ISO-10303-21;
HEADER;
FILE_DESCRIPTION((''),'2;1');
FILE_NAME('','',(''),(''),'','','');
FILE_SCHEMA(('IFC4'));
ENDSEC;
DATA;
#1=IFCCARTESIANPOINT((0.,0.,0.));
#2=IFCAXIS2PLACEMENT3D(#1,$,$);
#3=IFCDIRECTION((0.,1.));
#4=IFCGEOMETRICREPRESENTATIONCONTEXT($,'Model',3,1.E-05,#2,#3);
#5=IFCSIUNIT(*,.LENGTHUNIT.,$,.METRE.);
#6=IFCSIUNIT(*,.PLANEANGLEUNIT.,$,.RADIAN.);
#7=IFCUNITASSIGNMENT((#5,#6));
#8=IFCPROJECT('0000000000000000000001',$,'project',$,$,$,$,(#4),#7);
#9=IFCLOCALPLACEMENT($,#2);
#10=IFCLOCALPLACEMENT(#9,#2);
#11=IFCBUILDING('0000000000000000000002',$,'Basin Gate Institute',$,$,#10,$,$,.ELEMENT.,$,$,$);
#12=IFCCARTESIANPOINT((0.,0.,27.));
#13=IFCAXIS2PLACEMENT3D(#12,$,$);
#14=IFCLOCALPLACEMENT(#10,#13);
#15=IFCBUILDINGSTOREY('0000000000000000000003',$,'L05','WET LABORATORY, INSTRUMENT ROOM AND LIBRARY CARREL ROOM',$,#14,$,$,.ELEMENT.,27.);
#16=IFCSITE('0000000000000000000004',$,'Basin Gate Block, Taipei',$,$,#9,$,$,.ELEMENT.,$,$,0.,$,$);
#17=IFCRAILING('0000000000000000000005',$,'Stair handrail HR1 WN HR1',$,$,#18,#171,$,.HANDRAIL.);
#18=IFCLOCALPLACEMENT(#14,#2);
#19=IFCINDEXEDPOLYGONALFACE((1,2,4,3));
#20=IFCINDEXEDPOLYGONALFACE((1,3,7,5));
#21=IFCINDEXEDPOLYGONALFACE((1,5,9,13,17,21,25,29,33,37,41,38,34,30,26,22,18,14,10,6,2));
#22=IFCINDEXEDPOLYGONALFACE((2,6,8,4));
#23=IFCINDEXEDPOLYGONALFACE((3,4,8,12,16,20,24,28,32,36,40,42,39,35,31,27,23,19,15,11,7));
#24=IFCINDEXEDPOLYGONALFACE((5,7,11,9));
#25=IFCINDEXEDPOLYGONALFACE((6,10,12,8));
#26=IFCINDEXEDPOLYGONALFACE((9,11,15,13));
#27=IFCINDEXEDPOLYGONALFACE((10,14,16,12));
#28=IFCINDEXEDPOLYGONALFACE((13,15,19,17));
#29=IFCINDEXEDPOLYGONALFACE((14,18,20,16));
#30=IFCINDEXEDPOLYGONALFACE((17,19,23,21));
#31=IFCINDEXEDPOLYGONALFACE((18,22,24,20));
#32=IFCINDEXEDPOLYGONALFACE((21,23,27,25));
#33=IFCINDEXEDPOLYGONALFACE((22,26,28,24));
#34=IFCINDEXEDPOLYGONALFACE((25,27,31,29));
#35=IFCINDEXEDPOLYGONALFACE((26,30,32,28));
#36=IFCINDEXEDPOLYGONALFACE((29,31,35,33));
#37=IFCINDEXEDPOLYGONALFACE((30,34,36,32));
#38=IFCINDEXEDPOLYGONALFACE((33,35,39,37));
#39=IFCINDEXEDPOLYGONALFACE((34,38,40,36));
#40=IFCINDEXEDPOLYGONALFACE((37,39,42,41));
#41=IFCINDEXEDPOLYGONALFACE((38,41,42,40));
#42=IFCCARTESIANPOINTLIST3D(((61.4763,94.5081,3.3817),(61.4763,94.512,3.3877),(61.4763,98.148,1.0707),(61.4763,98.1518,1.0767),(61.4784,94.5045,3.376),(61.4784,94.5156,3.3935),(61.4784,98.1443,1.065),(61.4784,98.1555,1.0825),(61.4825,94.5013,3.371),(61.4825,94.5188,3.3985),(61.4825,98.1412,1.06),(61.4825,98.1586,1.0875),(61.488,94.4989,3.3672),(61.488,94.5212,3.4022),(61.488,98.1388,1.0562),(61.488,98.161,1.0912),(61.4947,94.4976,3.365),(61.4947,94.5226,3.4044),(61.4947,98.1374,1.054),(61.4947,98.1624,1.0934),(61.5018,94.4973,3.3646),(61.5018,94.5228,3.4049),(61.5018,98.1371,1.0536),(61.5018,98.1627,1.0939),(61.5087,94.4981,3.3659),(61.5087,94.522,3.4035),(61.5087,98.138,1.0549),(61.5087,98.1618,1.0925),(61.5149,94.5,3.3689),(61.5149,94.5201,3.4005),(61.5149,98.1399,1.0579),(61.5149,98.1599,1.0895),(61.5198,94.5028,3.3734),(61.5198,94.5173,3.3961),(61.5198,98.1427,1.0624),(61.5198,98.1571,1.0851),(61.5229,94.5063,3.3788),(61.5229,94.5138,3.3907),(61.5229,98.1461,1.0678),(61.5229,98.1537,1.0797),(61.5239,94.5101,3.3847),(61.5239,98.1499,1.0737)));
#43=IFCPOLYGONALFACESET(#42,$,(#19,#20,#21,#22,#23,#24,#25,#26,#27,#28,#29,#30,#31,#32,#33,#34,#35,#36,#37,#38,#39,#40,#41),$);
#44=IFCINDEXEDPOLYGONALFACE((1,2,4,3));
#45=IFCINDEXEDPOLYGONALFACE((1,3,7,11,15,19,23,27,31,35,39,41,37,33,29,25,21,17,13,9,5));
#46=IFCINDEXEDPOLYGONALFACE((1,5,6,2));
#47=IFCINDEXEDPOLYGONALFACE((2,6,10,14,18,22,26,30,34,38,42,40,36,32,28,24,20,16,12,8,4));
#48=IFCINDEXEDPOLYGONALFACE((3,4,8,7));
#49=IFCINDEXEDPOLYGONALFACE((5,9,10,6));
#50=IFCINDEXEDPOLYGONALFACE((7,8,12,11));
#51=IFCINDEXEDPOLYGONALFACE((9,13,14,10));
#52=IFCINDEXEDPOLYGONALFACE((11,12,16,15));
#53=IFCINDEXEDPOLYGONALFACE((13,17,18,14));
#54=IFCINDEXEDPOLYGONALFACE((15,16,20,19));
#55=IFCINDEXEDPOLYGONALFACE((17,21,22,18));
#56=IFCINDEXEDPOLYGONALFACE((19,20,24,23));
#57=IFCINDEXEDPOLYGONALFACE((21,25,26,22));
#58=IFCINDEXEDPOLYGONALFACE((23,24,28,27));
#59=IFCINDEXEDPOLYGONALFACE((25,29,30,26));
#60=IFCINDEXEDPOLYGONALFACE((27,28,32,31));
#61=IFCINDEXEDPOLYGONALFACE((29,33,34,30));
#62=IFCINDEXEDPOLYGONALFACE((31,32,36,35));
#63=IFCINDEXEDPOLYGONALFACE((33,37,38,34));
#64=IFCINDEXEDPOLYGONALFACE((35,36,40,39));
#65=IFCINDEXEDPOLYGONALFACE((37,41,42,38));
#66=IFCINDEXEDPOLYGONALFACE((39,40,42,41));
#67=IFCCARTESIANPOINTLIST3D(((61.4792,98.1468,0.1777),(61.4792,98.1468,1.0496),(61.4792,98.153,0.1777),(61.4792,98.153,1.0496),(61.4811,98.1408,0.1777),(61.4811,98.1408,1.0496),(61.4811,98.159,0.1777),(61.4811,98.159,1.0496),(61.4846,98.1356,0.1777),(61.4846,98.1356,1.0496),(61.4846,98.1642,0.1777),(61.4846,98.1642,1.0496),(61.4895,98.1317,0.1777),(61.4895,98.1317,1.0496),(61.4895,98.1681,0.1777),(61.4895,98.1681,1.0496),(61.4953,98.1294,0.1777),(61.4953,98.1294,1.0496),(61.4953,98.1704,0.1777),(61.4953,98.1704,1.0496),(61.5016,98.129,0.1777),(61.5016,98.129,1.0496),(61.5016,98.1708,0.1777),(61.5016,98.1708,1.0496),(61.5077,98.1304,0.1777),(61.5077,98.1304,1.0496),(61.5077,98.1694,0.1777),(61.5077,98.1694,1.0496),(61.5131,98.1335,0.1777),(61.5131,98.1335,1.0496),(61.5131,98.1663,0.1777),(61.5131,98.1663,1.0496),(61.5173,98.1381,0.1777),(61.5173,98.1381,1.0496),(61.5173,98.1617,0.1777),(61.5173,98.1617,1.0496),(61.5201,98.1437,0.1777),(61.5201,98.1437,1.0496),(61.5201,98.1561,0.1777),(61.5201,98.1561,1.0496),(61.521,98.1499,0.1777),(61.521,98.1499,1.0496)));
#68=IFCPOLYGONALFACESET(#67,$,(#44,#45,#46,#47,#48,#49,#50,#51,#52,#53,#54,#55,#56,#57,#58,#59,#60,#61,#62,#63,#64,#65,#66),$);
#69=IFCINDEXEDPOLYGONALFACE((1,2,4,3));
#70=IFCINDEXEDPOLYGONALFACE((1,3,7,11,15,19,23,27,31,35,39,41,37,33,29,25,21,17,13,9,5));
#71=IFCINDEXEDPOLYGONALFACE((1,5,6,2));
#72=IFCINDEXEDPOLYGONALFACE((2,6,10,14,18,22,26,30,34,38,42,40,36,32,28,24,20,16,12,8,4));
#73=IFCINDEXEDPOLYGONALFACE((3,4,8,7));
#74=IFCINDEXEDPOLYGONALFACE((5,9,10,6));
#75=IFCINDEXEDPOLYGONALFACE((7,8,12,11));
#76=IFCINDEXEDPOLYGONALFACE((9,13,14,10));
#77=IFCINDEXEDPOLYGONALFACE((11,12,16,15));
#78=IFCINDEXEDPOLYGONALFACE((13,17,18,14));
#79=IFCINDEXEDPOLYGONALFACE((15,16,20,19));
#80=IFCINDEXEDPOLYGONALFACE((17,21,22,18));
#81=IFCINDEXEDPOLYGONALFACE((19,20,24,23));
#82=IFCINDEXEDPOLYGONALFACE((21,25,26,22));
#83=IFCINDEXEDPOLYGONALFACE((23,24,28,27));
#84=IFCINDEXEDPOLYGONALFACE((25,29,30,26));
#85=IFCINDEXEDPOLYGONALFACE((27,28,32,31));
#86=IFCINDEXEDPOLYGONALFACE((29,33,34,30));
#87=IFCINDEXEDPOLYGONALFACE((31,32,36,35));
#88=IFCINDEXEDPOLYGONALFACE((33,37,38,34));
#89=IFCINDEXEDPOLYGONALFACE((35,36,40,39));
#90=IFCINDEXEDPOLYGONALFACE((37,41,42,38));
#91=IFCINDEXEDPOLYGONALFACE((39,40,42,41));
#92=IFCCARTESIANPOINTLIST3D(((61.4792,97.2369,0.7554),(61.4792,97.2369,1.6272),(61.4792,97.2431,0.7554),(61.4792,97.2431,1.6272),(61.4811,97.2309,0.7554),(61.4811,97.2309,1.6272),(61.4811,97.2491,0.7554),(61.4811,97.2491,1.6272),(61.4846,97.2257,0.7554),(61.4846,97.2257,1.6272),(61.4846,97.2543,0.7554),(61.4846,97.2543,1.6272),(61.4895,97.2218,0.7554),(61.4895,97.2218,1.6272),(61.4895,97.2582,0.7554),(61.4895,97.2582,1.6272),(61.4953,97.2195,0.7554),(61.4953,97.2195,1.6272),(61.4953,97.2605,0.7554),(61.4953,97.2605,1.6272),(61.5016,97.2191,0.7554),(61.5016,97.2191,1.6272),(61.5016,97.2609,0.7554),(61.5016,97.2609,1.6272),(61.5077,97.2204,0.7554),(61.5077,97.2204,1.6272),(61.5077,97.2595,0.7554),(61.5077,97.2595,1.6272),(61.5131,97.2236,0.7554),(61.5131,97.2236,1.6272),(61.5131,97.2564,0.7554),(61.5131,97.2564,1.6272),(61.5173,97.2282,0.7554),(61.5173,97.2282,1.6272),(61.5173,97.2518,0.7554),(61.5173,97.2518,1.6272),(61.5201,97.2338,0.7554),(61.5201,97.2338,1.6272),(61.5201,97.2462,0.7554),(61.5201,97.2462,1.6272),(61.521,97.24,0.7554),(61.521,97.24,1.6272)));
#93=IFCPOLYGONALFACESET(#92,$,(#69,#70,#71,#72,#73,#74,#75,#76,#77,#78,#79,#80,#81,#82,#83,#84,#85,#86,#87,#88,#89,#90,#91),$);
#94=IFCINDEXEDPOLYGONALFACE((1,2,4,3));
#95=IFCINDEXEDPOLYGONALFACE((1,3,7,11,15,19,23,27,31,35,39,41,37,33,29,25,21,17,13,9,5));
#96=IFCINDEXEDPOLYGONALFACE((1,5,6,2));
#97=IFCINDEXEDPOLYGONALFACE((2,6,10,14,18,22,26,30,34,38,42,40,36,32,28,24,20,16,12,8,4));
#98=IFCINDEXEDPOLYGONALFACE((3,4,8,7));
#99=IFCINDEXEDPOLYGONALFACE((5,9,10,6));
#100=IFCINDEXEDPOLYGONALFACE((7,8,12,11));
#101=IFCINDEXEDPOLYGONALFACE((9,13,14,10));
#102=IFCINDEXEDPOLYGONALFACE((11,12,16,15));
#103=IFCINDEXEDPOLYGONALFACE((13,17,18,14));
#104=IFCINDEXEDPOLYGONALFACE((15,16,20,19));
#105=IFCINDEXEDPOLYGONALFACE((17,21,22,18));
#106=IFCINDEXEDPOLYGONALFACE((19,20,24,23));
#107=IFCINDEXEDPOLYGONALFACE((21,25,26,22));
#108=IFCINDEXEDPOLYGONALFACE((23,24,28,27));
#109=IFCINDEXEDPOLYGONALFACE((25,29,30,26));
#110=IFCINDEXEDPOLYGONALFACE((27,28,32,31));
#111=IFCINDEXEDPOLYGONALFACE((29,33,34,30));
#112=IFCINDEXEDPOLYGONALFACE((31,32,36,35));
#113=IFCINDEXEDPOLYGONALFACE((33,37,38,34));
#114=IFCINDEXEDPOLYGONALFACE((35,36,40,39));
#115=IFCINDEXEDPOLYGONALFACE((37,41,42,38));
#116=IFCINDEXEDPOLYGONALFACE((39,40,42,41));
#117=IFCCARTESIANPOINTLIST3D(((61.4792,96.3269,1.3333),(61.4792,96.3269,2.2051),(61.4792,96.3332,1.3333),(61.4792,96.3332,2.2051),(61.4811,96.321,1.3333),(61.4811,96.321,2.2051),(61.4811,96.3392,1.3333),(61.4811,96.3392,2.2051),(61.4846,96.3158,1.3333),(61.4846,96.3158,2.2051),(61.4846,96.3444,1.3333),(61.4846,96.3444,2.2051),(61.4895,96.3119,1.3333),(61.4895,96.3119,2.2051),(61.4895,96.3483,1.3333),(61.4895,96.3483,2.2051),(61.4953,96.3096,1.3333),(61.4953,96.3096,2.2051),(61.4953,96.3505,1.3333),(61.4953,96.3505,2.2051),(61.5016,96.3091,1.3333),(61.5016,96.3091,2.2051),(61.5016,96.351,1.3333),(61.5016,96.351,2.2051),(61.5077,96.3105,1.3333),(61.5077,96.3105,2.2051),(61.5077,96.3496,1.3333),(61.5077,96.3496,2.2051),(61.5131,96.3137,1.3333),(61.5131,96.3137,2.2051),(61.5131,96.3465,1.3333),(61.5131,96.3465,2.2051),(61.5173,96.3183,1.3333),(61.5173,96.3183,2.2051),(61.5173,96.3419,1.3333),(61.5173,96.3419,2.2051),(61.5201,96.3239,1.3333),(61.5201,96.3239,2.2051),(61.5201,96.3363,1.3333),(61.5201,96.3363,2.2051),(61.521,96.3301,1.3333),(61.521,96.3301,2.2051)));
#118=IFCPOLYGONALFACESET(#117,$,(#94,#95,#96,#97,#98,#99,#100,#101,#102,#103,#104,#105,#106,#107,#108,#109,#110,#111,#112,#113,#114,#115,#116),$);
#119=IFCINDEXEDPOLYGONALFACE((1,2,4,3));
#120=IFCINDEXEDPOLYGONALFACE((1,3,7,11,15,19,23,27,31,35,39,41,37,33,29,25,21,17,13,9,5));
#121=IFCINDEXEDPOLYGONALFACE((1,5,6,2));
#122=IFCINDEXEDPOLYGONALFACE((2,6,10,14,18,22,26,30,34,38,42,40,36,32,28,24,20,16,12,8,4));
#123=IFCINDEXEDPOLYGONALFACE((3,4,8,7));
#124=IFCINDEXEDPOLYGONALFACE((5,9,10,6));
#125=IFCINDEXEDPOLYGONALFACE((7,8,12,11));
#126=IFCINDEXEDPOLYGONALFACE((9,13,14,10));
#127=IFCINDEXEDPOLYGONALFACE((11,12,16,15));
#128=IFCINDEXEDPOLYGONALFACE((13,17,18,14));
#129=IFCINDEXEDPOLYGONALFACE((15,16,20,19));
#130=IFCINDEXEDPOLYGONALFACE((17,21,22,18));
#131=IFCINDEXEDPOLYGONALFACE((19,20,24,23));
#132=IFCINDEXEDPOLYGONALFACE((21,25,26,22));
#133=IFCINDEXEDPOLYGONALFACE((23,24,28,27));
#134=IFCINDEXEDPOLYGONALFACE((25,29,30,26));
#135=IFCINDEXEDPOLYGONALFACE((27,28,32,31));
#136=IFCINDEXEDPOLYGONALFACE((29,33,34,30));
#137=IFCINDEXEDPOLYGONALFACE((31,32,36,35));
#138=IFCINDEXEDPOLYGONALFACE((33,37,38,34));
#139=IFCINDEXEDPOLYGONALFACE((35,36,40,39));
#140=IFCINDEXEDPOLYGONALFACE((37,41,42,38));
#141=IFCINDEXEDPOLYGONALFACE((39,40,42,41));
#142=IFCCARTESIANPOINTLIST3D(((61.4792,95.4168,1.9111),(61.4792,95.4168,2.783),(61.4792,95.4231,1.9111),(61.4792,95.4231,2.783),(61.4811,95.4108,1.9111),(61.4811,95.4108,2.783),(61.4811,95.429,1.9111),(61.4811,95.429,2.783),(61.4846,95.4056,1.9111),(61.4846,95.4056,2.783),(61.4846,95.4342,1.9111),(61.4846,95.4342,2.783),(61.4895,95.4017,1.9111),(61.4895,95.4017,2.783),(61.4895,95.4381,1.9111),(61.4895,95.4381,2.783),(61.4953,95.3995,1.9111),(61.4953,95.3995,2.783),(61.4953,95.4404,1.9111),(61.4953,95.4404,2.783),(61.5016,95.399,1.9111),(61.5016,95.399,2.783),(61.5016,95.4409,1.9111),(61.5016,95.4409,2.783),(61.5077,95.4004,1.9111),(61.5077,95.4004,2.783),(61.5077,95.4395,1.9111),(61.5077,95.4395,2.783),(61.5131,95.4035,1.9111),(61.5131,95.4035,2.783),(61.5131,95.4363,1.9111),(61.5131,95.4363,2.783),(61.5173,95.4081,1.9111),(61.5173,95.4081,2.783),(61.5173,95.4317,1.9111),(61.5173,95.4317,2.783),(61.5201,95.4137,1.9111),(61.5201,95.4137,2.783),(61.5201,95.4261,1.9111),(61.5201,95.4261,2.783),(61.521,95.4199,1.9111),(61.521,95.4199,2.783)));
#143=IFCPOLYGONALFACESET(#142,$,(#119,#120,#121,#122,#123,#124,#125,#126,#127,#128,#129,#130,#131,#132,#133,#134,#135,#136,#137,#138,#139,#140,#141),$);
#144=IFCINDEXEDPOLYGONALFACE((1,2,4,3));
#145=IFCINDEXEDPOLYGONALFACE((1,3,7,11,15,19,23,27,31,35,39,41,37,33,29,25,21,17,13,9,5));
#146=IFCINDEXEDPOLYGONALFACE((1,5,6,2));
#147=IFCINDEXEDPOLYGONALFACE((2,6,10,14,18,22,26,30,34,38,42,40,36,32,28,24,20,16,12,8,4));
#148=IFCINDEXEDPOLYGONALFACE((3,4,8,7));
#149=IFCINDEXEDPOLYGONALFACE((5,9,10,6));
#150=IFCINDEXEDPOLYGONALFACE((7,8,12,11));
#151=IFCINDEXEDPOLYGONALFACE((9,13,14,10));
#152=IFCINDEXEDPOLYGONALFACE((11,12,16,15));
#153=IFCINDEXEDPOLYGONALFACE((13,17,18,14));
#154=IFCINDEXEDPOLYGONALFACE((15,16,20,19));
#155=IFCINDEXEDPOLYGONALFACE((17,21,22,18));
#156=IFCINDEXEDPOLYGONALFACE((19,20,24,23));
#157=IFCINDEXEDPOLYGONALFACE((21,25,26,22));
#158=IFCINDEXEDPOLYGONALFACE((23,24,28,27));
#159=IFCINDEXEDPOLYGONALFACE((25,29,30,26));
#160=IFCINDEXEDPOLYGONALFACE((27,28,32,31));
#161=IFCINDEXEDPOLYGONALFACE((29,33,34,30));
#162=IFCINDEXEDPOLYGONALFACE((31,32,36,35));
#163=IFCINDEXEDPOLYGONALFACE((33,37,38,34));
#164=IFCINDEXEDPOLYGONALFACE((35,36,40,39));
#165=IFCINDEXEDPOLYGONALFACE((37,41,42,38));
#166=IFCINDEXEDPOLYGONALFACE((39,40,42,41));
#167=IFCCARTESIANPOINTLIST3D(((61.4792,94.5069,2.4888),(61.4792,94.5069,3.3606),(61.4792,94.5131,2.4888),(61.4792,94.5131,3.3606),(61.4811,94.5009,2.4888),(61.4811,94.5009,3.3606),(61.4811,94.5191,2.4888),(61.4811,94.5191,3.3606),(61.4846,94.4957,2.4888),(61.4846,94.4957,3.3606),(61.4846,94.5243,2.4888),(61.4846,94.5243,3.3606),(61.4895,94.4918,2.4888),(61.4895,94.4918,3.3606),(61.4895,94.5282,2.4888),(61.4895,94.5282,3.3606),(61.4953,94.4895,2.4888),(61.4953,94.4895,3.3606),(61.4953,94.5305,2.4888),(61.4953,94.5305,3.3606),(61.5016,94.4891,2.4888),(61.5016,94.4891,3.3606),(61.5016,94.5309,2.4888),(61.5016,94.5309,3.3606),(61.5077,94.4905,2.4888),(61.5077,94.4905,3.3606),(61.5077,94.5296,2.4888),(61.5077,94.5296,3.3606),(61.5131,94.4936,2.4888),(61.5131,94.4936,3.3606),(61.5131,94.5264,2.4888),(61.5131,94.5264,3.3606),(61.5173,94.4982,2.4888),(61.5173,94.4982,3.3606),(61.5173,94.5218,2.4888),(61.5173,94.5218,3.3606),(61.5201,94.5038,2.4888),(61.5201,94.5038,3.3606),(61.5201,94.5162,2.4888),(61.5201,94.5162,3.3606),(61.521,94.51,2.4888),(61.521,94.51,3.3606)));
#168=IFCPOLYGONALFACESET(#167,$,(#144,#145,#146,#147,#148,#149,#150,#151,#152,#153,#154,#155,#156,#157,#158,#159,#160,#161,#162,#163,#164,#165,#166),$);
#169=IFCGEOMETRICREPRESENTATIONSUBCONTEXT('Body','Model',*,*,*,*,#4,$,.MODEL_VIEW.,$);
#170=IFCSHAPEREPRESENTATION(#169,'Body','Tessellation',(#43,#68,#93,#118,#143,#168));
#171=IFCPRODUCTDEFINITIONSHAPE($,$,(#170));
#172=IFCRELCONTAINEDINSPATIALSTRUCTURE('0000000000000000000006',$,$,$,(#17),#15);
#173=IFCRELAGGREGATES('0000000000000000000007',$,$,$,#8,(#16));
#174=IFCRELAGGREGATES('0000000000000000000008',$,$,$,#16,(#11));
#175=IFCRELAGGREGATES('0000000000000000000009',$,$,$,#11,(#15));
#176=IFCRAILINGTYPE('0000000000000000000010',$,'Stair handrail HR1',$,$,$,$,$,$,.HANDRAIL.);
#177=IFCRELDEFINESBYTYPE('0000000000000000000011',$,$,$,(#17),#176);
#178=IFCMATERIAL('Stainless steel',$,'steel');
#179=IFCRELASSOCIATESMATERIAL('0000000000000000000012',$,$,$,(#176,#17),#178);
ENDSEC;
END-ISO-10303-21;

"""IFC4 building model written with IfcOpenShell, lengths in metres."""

from ifc_helpers import new_model, si_unit, direction, frame, origin, origin_2d, place, context, subcontext, project, spatial, circle, extrude, material, type_object, element, save


model = new_model("IFC4")

# Units and contexts
model_context = context("Model", 3, precision=1e-05, world=origin(), true_north=direction((0.0, 1.0)))
body_context = subcontext(model_context, "Body", "Model", "MODEL_VIEW")
ifc_project = project(units=[si_unit("LENGTHUNIT", "METRE"), si_unit("PLANEANGLEUNIT", "RADIAN")], contexts=[model_context])

# Site, building, storey
site_placement = place(None, origin())
site = spatial("IfcSite", under=ifc_project, at=site_placement, Name="Basin Gate Block, Taipei", CompositionType="ELEMENT", RefElevation=0.0)
building_placement = place(site_placement, origin())
building = spatial("IfcBuilding", under=site, at=building_placement, Name="Basin Gate Institute", CompositionType="ELEMENT")
storey_placement = place(building_placement, frame((0.0, 0.0, 27.0)))
storey = spatial("IfcBuildingStorey", under=building, at=storey_placement, Name="L05", Description="WET LABORATORY, INSTRUMENT ROOM AND LIBRARY CARREL ROOM", CompositionType="ELEMENT", Elevation=27.0)

# Railing
ifc_material_1 = material(Name="Stainless steel", Category="steel")
railing_type_1 = type_object("IfcRailingType", Name="Stair handrail HR1", PredefinedType="HANDRAIL", material=ifc_material_1)
for number, where, name in (
    (1, (61.5, 98.1499, 0.1777), "Stair handrail HR1 WN HR1"),
):
    element("IfcRailing", number, at=place(storey_placement, frame(where)), inside=storey, type_object=railing_type_1, material=ifc_material_1, Name=name, PredefinedType="HANDRAIL", context=body_context, shape_type="SweptSolid", body=[
        extrude(circle(Radius=0.0239, at=origin_2d()), frame((0.0, 0.0, 0.896), z_axis=(0.0, -0.844214, 0.536007), x_axis=(1.0, 0.0, 0.0)), (0.0, 0.0, 1.0), 4.3115),
        extrude(circle(Radius=0.021, at=origin_2d()), origin(), (0.0, 0.0, 1.0), 0.8718),
        extrude(circle(Radius=0.021, at=origin_2d()), frame((0.0, -0.9099, 0.5776)), (0.0, 0.0, 1.0), 0.8718),
        extrude(circle(Radius=0.021, at=origin_2d()), frame((0.0, -1.8198, 1.1555)), (0.0, 0.0, 1.0), 0.8718),
        extrude(circle(Radius=0.021, at=origin_2d()), frame((0.0, -2.73, 1.7334)), (0.0, 0.0, 1.0), 0.8718),
        extrude(circle(Radius=0.021, at=origin_2d()), frame((0.0, -3.6399, 2.311)), (0.0, 0.0, 1.0), 0.8718),
    ])

save(model, "model.ifc")
